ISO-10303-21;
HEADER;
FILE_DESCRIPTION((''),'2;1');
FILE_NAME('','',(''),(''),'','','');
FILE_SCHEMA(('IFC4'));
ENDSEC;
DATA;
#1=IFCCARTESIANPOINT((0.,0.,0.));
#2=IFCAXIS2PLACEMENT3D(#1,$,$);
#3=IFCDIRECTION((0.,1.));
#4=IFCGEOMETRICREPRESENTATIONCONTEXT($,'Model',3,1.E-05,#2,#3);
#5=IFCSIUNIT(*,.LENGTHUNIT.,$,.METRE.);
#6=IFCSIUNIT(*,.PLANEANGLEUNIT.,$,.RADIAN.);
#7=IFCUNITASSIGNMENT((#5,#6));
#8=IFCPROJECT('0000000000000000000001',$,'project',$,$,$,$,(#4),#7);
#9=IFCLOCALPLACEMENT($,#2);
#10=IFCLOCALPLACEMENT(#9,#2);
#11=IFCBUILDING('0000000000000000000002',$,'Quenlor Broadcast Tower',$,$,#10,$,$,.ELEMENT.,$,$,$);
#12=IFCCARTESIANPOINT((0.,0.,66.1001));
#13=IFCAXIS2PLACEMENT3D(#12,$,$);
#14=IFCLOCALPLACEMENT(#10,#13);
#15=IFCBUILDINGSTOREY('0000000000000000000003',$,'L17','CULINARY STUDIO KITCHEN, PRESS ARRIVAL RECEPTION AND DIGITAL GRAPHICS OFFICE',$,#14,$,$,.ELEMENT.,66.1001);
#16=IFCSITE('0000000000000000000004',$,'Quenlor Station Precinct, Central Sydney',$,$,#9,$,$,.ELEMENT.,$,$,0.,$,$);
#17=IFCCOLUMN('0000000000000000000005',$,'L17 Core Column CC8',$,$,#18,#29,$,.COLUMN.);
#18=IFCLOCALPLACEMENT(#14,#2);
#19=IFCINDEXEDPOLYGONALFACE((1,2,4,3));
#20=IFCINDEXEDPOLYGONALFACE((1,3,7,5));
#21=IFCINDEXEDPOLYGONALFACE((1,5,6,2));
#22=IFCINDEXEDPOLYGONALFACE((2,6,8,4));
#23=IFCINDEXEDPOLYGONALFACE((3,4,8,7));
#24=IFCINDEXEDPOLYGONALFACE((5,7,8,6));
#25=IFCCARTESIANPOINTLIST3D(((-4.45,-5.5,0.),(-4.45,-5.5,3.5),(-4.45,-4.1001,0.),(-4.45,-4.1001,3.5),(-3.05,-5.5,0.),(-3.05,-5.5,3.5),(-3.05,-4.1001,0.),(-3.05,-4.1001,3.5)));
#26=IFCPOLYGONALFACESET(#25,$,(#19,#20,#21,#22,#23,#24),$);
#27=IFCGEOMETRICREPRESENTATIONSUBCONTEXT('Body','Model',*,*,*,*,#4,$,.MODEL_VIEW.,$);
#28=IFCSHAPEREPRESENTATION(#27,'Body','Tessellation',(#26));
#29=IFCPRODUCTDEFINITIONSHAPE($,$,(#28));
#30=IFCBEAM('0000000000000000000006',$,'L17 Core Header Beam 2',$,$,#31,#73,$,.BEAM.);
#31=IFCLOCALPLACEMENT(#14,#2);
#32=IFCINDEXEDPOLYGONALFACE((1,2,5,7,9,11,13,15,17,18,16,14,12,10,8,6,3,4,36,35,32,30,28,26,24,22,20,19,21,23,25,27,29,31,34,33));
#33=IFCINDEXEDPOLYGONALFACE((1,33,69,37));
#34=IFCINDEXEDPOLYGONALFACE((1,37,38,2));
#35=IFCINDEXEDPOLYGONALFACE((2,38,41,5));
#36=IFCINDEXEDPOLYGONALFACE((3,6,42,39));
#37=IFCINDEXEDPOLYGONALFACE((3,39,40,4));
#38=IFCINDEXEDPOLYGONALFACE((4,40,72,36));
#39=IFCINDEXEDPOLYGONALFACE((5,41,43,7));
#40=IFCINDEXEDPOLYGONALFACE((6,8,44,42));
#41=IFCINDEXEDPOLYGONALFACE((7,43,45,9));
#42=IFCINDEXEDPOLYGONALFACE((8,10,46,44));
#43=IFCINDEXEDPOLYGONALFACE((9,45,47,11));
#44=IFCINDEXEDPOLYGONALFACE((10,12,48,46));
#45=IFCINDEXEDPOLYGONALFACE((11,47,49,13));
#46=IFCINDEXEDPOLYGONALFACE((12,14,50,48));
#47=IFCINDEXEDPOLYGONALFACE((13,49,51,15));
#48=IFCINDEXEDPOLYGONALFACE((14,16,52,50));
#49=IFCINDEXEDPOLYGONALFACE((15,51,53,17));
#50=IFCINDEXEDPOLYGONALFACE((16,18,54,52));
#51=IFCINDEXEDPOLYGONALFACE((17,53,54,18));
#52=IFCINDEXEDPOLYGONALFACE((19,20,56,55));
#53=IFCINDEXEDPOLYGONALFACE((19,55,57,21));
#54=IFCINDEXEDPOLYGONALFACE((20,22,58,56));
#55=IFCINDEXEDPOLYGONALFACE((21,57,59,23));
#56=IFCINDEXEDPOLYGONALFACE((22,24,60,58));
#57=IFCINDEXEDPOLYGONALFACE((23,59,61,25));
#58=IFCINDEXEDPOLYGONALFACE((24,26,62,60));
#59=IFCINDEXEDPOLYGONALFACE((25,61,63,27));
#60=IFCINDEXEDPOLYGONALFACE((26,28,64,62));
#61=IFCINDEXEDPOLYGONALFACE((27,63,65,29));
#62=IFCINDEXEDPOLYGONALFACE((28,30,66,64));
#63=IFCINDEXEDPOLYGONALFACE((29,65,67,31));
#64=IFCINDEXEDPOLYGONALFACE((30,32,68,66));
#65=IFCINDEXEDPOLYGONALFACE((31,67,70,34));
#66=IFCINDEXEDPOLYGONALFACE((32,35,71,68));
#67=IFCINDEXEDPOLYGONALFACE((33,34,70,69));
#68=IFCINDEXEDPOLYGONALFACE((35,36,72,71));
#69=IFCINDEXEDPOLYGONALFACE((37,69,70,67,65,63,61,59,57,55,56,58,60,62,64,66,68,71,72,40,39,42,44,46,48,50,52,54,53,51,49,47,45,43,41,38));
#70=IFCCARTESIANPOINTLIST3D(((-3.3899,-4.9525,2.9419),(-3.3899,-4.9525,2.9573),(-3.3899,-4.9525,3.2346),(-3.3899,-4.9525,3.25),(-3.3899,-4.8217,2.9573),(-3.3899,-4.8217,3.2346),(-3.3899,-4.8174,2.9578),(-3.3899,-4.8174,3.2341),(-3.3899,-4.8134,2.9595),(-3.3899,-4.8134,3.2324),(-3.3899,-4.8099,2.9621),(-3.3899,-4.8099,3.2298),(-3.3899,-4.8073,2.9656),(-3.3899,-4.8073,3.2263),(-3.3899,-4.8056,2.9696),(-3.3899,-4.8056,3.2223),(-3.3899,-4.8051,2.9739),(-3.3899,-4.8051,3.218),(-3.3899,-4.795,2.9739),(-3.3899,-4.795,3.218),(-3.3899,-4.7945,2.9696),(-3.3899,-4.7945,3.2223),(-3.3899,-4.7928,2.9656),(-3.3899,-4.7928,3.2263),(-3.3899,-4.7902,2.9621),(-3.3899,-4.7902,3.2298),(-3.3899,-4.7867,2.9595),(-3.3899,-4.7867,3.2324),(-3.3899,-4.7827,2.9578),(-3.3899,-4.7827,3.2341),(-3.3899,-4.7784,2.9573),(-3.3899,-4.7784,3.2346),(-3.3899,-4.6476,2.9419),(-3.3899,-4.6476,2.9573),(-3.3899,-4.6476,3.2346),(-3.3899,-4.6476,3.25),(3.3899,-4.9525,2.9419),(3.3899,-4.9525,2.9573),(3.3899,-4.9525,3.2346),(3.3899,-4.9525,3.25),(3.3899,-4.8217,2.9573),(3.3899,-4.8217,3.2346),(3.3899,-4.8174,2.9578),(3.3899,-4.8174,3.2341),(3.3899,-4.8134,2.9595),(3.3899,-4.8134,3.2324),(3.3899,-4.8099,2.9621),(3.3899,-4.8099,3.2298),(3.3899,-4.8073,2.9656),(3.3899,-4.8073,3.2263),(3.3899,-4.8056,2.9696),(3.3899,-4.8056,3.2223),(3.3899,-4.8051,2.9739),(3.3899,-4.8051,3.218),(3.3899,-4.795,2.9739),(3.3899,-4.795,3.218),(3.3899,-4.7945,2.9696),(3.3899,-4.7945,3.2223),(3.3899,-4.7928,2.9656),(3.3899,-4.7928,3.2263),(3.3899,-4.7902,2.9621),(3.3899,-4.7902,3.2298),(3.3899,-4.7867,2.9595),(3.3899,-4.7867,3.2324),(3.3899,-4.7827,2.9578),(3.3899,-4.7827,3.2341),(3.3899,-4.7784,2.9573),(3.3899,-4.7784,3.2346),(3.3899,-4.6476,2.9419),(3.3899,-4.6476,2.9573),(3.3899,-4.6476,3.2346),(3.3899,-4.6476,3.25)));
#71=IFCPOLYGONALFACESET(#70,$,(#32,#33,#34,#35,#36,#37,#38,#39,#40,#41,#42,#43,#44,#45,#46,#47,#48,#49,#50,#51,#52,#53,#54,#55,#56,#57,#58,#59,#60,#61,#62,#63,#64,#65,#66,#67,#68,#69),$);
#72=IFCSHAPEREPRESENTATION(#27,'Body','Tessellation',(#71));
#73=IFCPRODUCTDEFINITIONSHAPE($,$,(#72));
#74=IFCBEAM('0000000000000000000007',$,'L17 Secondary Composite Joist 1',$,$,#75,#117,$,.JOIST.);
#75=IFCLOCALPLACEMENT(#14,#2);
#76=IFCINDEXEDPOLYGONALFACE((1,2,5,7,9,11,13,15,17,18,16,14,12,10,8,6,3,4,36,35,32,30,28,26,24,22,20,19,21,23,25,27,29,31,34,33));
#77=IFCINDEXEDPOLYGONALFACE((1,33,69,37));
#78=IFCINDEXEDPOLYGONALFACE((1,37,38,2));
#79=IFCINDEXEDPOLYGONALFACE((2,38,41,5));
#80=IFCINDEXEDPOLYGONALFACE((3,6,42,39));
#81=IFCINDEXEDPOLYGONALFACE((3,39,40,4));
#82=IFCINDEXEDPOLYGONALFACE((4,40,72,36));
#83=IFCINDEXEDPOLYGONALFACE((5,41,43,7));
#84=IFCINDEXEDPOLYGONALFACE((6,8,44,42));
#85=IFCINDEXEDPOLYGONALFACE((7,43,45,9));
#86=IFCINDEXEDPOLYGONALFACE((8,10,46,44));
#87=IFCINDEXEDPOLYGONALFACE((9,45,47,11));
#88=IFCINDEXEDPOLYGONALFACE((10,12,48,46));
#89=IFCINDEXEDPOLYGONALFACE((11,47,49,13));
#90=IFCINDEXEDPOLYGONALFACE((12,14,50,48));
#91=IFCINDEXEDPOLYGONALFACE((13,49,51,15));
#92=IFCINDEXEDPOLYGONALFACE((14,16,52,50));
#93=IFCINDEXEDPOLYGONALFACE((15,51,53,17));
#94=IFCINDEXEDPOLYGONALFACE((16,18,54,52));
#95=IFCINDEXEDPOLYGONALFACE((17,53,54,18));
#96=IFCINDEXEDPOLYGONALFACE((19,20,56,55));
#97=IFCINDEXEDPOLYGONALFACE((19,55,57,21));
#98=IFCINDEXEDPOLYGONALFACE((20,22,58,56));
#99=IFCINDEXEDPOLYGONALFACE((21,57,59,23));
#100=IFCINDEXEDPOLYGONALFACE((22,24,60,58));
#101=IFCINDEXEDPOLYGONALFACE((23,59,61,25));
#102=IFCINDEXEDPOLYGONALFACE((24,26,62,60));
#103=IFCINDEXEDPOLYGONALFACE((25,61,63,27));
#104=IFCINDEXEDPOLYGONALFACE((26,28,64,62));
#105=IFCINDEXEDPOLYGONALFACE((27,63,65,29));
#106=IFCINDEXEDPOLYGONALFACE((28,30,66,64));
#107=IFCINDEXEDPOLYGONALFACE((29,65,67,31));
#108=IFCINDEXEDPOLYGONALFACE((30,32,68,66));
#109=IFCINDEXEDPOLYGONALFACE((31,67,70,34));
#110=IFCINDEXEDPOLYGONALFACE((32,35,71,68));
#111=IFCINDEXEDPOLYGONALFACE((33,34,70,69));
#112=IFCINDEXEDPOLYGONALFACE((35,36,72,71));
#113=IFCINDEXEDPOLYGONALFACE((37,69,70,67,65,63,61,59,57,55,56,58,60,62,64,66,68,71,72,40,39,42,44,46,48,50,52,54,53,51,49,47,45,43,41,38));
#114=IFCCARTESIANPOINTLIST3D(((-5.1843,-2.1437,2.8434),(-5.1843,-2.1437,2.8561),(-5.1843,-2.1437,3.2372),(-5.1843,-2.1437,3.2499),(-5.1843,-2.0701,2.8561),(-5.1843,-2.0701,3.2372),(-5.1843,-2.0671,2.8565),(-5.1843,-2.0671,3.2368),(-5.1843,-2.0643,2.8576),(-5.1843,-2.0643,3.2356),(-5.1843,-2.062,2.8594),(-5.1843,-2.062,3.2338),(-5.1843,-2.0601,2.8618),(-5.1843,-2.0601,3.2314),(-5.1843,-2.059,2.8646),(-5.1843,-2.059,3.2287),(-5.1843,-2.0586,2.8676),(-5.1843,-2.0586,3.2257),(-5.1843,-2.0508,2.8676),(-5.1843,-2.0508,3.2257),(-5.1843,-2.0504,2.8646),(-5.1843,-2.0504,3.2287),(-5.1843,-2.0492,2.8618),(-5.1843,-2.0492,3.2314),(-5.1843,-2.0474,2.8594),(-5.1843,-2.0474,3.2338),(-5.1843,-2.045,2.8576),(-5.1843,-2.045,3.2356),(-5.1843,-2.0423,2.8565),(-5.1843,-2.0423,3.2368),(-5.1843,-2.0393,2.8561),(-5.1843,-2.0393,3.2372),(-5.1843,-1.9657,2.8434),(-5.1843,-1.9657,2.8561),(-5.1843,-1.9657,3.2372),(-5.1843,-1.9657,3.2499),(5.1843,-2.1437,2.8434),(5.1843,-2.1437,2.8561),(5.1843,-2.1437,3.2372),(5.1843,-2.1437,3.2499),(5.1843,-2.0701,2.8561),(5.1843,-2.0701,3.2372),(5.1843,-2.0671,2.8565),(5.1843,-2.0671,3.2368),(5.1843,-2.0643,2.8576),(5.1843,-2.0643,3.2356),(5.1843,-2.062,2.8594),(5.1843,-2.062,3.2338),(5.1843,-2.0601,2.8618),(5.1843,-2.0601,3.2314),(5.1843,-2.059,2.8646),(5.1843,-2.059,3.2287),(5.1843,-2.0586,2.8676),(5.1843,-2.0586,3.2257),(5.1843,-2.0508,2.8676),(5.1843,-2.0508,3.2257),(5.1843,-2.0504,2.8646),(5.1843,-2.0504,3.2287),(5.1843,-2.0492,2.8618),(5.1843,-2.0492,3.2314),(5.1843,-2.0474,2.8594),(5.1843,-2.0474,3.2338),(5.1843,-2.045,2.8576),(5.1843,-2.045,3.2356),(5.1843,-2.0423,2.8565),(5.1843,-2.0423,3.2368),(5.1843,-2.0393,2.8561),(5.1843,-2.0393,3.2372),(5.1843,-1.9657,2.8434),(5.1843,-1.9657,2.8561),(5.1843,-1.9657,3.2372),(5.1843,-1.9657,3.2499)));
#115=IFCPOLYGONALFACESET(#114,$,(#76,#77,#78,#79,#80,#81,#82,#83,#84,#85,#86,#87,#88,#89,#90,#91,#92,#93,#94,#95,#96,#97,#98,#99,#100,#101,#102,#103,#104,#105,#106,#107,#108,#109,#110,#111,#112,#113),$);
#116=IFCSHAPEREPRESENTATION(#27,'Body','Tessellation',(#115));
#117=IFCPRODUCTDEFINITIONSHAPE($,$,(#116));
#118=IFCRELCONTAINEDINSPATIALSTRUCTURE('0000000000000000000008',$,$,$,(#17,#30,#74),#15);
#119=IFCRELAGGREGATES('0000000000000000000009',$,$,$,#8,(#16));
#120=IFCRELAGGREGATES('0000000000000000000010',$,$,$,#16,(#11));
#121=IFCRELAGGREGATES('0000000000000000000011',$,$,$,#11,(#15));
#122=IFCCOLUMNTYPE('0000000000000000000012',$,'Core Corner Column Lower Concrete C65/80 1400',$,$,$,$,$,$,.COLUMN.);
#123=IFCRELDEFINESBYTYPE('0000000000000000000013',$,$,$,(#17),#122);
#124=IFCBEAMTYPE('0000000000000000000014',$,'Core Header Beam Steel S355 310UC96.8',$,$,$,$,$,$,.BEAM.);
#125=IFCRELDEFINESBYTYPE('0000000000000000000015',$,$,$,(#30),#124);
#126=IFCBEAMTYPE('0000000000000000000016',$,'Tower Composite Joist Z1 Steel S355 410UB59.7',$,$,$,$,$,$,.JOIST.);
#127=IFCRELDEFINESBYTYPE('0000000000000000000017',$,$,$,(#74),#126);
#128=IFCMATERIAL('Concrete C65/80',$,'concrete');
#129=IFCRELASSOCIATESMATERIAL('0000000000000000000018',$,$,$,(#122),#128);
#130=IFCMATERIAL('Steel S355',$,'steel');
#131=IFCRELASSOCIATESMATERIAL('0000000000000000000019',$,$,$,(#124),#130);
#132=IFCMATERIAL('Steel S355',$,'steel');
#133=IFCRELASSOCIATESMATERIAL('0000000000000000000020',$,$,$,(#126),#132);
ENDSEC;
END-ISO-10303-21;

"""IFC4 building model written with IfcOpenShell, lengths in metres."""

from ifc_helpers import new_model, si_unit, direction, frame, origin, origin_2d, place, context, subcontext, project, spatial, rectangle, i_section, extrude, material, material_profile, profile_set, type_object, element, save


model = new_model("IFC4")

# Units and contexts
model_context = context("Model", 3, precision=1e-05, world=origin(), true_north=direction((0.0, 1.0)))
body_context = subcontext(model_context, "Body", "Model", "MODEL_VIEW")
ifc_project = project(units=[si_unit("LENGTHUNIT", "METRE"), si_unit("PLANEANGLEUNIT", "RADIAN")], contexts=[model_context])

# Site, building, storey
site_placement = place(None, origin())
site = spatial("IfcSite", under=ifc_project, at=site_placement, Name="Quenlor Station Precinct, Central Sydney", CompositionType="ELEMENT", RefElevation=0.0)
building_placement = place(site_placement, origin())
building = spatial("IfcBuilding", under=site, at=building_placement, Name="Quenlor Broadcast Tower", CompositionType="ELEMENT")
storey_placement = place(building_placement, frame((0.0, 0.0, 66.1001)))
storey = spatial("IfcBuildingStorey", under=building, at=storey_placement, Name="L17", Description="CULINARY STUDIO KITCHEN, PRESS ARRIVAL RECEPTION AND DIGITAL GRAPHICS OFFICE", CompositionType="ELEMENT", Elevation=66.1001)

# Column
ifc_material_1 = material(Name="Concrete C65/80", Category="concrete")
ifc_material_profile_1 = material_profile(ifc_material_1, rectangle(XDim=1.3999, YDim=1.3999, at=origin_2d()))
ifc_profile_set_1 = profile_set([ifc_material_profile_1], Name="Concrete C65/80 RC1400x1400")
column_type = type_object("IfcColumnType", Name="Core Corner Column Lower Concrete C65/80 1400", PredefinedType="COLUMN", material=ifc_profile_set_1)
column_placement = place(storey_placement, frame((-3.75, -4.8, 0.0), z_axis=(0.0, 0.0, 1.0), x_axis=(1.0, 0.0, 0.0)))
element("IfcColumn", 1, at=column_placement, inside=storey, type_object=column_type, Name="L17 Core Column CC8", PredefinedType="COLUMN", context=body_context, shape_type="SweptSolid", body=[
    extrude(rectangle(XDim=1.3999, YDim=1.3999, at=origin_2d()), origin(), (0.0, 0.0, 1.0), 3.5),
])

# Beams
ifc_material_2 = material(Name="Steel S355", Category="steel")
ifc_material_profile_2 = material_profile(ifc_material_2, i_section(OverallWidth=0.3049, OverallDepth=0.3081, WebThickness=0.01, FlangeThickness=0.0154, FilletRadius=0.0166, at=origin_2d()))
ifc_profile_set_2 = profile_set([ifc_material_profile_2], Name="Steel S355 310UC96.8")
beam_type_1 = type_object("IfcBeamType", Name="Core Header Beam Steel S355 310UC96.8", PredefinedType="BEAM", material=ifc_profile_set_2)
beam_1_placement = place(storey_placement, frame((-3.3899, -4.8, 3.0959), z_axis=(1.0, 0.0, 0.0), x_axis=(0.0, 1.0, 0.0)))
element("IfcBeam", 2, at=beam_1_placement, inside=storey, type_object=beam_type_1, Name="L17 Core Header Beam 2", PredefinedType="BEAM", context=body_context, shape_type="SweptSolid", body=[
    extrude(i_section(OverallWidth=0.3049, OverallDepth=0.3081, WebThickness=0.01, FlangeThickness=0.0154, FilletRadius=0.0166, at=origin_2d()), origin(), (0.0, 0.0, 1.0), 6.7798),
])
ifc_material_3 = material(Name="Steel S355", Category="steel")
ifc_material_profile_3 = material_profile(ifc_material_3, i_section(OverallWidth=0.178, OverallDepth=0.4065, WebThickness=0.0078, FlangeThickness=0.0127, FilletRadius=0.0115, at=origin_2d()))
ifc_profile_set_3 = profile_set([ifc_material_profile_3], Name="Steel S355 410UB59.7")
beam_type_2 = type_object("IfcBeamType", Name="Tower Composite Joist Z1 Steel S355 410UB59.7", PredefinedType="JOIST", material=ifc_profile_set_3)
beam_2_placement = place(storey_placement, frame((-5.1843, -2.0547, 3.0466), z_axis=(1.0, 0.0, 0.0), x_axis=(0.0, 1.0, 0.0)))
element("IfcBeam", 3, at=beam_2_placement, inside=storey, type_object=beam_type_2, Name="L17 Secondary Composite Joist 1", PredefinedType="JOIST", context=body_context, shape_type="SweptSolid", body=[
    extrude(i_section(OverallWidth=0.178, OverallDepth=0.4065, WebThickness=0.0078, FlangeThickness=0.0127, FilletRadius=0.0115, at=origin_2d()), origin(), (0.0, 0.0, 1.0), 10.3687),
])

save(model, "model.ifc")
